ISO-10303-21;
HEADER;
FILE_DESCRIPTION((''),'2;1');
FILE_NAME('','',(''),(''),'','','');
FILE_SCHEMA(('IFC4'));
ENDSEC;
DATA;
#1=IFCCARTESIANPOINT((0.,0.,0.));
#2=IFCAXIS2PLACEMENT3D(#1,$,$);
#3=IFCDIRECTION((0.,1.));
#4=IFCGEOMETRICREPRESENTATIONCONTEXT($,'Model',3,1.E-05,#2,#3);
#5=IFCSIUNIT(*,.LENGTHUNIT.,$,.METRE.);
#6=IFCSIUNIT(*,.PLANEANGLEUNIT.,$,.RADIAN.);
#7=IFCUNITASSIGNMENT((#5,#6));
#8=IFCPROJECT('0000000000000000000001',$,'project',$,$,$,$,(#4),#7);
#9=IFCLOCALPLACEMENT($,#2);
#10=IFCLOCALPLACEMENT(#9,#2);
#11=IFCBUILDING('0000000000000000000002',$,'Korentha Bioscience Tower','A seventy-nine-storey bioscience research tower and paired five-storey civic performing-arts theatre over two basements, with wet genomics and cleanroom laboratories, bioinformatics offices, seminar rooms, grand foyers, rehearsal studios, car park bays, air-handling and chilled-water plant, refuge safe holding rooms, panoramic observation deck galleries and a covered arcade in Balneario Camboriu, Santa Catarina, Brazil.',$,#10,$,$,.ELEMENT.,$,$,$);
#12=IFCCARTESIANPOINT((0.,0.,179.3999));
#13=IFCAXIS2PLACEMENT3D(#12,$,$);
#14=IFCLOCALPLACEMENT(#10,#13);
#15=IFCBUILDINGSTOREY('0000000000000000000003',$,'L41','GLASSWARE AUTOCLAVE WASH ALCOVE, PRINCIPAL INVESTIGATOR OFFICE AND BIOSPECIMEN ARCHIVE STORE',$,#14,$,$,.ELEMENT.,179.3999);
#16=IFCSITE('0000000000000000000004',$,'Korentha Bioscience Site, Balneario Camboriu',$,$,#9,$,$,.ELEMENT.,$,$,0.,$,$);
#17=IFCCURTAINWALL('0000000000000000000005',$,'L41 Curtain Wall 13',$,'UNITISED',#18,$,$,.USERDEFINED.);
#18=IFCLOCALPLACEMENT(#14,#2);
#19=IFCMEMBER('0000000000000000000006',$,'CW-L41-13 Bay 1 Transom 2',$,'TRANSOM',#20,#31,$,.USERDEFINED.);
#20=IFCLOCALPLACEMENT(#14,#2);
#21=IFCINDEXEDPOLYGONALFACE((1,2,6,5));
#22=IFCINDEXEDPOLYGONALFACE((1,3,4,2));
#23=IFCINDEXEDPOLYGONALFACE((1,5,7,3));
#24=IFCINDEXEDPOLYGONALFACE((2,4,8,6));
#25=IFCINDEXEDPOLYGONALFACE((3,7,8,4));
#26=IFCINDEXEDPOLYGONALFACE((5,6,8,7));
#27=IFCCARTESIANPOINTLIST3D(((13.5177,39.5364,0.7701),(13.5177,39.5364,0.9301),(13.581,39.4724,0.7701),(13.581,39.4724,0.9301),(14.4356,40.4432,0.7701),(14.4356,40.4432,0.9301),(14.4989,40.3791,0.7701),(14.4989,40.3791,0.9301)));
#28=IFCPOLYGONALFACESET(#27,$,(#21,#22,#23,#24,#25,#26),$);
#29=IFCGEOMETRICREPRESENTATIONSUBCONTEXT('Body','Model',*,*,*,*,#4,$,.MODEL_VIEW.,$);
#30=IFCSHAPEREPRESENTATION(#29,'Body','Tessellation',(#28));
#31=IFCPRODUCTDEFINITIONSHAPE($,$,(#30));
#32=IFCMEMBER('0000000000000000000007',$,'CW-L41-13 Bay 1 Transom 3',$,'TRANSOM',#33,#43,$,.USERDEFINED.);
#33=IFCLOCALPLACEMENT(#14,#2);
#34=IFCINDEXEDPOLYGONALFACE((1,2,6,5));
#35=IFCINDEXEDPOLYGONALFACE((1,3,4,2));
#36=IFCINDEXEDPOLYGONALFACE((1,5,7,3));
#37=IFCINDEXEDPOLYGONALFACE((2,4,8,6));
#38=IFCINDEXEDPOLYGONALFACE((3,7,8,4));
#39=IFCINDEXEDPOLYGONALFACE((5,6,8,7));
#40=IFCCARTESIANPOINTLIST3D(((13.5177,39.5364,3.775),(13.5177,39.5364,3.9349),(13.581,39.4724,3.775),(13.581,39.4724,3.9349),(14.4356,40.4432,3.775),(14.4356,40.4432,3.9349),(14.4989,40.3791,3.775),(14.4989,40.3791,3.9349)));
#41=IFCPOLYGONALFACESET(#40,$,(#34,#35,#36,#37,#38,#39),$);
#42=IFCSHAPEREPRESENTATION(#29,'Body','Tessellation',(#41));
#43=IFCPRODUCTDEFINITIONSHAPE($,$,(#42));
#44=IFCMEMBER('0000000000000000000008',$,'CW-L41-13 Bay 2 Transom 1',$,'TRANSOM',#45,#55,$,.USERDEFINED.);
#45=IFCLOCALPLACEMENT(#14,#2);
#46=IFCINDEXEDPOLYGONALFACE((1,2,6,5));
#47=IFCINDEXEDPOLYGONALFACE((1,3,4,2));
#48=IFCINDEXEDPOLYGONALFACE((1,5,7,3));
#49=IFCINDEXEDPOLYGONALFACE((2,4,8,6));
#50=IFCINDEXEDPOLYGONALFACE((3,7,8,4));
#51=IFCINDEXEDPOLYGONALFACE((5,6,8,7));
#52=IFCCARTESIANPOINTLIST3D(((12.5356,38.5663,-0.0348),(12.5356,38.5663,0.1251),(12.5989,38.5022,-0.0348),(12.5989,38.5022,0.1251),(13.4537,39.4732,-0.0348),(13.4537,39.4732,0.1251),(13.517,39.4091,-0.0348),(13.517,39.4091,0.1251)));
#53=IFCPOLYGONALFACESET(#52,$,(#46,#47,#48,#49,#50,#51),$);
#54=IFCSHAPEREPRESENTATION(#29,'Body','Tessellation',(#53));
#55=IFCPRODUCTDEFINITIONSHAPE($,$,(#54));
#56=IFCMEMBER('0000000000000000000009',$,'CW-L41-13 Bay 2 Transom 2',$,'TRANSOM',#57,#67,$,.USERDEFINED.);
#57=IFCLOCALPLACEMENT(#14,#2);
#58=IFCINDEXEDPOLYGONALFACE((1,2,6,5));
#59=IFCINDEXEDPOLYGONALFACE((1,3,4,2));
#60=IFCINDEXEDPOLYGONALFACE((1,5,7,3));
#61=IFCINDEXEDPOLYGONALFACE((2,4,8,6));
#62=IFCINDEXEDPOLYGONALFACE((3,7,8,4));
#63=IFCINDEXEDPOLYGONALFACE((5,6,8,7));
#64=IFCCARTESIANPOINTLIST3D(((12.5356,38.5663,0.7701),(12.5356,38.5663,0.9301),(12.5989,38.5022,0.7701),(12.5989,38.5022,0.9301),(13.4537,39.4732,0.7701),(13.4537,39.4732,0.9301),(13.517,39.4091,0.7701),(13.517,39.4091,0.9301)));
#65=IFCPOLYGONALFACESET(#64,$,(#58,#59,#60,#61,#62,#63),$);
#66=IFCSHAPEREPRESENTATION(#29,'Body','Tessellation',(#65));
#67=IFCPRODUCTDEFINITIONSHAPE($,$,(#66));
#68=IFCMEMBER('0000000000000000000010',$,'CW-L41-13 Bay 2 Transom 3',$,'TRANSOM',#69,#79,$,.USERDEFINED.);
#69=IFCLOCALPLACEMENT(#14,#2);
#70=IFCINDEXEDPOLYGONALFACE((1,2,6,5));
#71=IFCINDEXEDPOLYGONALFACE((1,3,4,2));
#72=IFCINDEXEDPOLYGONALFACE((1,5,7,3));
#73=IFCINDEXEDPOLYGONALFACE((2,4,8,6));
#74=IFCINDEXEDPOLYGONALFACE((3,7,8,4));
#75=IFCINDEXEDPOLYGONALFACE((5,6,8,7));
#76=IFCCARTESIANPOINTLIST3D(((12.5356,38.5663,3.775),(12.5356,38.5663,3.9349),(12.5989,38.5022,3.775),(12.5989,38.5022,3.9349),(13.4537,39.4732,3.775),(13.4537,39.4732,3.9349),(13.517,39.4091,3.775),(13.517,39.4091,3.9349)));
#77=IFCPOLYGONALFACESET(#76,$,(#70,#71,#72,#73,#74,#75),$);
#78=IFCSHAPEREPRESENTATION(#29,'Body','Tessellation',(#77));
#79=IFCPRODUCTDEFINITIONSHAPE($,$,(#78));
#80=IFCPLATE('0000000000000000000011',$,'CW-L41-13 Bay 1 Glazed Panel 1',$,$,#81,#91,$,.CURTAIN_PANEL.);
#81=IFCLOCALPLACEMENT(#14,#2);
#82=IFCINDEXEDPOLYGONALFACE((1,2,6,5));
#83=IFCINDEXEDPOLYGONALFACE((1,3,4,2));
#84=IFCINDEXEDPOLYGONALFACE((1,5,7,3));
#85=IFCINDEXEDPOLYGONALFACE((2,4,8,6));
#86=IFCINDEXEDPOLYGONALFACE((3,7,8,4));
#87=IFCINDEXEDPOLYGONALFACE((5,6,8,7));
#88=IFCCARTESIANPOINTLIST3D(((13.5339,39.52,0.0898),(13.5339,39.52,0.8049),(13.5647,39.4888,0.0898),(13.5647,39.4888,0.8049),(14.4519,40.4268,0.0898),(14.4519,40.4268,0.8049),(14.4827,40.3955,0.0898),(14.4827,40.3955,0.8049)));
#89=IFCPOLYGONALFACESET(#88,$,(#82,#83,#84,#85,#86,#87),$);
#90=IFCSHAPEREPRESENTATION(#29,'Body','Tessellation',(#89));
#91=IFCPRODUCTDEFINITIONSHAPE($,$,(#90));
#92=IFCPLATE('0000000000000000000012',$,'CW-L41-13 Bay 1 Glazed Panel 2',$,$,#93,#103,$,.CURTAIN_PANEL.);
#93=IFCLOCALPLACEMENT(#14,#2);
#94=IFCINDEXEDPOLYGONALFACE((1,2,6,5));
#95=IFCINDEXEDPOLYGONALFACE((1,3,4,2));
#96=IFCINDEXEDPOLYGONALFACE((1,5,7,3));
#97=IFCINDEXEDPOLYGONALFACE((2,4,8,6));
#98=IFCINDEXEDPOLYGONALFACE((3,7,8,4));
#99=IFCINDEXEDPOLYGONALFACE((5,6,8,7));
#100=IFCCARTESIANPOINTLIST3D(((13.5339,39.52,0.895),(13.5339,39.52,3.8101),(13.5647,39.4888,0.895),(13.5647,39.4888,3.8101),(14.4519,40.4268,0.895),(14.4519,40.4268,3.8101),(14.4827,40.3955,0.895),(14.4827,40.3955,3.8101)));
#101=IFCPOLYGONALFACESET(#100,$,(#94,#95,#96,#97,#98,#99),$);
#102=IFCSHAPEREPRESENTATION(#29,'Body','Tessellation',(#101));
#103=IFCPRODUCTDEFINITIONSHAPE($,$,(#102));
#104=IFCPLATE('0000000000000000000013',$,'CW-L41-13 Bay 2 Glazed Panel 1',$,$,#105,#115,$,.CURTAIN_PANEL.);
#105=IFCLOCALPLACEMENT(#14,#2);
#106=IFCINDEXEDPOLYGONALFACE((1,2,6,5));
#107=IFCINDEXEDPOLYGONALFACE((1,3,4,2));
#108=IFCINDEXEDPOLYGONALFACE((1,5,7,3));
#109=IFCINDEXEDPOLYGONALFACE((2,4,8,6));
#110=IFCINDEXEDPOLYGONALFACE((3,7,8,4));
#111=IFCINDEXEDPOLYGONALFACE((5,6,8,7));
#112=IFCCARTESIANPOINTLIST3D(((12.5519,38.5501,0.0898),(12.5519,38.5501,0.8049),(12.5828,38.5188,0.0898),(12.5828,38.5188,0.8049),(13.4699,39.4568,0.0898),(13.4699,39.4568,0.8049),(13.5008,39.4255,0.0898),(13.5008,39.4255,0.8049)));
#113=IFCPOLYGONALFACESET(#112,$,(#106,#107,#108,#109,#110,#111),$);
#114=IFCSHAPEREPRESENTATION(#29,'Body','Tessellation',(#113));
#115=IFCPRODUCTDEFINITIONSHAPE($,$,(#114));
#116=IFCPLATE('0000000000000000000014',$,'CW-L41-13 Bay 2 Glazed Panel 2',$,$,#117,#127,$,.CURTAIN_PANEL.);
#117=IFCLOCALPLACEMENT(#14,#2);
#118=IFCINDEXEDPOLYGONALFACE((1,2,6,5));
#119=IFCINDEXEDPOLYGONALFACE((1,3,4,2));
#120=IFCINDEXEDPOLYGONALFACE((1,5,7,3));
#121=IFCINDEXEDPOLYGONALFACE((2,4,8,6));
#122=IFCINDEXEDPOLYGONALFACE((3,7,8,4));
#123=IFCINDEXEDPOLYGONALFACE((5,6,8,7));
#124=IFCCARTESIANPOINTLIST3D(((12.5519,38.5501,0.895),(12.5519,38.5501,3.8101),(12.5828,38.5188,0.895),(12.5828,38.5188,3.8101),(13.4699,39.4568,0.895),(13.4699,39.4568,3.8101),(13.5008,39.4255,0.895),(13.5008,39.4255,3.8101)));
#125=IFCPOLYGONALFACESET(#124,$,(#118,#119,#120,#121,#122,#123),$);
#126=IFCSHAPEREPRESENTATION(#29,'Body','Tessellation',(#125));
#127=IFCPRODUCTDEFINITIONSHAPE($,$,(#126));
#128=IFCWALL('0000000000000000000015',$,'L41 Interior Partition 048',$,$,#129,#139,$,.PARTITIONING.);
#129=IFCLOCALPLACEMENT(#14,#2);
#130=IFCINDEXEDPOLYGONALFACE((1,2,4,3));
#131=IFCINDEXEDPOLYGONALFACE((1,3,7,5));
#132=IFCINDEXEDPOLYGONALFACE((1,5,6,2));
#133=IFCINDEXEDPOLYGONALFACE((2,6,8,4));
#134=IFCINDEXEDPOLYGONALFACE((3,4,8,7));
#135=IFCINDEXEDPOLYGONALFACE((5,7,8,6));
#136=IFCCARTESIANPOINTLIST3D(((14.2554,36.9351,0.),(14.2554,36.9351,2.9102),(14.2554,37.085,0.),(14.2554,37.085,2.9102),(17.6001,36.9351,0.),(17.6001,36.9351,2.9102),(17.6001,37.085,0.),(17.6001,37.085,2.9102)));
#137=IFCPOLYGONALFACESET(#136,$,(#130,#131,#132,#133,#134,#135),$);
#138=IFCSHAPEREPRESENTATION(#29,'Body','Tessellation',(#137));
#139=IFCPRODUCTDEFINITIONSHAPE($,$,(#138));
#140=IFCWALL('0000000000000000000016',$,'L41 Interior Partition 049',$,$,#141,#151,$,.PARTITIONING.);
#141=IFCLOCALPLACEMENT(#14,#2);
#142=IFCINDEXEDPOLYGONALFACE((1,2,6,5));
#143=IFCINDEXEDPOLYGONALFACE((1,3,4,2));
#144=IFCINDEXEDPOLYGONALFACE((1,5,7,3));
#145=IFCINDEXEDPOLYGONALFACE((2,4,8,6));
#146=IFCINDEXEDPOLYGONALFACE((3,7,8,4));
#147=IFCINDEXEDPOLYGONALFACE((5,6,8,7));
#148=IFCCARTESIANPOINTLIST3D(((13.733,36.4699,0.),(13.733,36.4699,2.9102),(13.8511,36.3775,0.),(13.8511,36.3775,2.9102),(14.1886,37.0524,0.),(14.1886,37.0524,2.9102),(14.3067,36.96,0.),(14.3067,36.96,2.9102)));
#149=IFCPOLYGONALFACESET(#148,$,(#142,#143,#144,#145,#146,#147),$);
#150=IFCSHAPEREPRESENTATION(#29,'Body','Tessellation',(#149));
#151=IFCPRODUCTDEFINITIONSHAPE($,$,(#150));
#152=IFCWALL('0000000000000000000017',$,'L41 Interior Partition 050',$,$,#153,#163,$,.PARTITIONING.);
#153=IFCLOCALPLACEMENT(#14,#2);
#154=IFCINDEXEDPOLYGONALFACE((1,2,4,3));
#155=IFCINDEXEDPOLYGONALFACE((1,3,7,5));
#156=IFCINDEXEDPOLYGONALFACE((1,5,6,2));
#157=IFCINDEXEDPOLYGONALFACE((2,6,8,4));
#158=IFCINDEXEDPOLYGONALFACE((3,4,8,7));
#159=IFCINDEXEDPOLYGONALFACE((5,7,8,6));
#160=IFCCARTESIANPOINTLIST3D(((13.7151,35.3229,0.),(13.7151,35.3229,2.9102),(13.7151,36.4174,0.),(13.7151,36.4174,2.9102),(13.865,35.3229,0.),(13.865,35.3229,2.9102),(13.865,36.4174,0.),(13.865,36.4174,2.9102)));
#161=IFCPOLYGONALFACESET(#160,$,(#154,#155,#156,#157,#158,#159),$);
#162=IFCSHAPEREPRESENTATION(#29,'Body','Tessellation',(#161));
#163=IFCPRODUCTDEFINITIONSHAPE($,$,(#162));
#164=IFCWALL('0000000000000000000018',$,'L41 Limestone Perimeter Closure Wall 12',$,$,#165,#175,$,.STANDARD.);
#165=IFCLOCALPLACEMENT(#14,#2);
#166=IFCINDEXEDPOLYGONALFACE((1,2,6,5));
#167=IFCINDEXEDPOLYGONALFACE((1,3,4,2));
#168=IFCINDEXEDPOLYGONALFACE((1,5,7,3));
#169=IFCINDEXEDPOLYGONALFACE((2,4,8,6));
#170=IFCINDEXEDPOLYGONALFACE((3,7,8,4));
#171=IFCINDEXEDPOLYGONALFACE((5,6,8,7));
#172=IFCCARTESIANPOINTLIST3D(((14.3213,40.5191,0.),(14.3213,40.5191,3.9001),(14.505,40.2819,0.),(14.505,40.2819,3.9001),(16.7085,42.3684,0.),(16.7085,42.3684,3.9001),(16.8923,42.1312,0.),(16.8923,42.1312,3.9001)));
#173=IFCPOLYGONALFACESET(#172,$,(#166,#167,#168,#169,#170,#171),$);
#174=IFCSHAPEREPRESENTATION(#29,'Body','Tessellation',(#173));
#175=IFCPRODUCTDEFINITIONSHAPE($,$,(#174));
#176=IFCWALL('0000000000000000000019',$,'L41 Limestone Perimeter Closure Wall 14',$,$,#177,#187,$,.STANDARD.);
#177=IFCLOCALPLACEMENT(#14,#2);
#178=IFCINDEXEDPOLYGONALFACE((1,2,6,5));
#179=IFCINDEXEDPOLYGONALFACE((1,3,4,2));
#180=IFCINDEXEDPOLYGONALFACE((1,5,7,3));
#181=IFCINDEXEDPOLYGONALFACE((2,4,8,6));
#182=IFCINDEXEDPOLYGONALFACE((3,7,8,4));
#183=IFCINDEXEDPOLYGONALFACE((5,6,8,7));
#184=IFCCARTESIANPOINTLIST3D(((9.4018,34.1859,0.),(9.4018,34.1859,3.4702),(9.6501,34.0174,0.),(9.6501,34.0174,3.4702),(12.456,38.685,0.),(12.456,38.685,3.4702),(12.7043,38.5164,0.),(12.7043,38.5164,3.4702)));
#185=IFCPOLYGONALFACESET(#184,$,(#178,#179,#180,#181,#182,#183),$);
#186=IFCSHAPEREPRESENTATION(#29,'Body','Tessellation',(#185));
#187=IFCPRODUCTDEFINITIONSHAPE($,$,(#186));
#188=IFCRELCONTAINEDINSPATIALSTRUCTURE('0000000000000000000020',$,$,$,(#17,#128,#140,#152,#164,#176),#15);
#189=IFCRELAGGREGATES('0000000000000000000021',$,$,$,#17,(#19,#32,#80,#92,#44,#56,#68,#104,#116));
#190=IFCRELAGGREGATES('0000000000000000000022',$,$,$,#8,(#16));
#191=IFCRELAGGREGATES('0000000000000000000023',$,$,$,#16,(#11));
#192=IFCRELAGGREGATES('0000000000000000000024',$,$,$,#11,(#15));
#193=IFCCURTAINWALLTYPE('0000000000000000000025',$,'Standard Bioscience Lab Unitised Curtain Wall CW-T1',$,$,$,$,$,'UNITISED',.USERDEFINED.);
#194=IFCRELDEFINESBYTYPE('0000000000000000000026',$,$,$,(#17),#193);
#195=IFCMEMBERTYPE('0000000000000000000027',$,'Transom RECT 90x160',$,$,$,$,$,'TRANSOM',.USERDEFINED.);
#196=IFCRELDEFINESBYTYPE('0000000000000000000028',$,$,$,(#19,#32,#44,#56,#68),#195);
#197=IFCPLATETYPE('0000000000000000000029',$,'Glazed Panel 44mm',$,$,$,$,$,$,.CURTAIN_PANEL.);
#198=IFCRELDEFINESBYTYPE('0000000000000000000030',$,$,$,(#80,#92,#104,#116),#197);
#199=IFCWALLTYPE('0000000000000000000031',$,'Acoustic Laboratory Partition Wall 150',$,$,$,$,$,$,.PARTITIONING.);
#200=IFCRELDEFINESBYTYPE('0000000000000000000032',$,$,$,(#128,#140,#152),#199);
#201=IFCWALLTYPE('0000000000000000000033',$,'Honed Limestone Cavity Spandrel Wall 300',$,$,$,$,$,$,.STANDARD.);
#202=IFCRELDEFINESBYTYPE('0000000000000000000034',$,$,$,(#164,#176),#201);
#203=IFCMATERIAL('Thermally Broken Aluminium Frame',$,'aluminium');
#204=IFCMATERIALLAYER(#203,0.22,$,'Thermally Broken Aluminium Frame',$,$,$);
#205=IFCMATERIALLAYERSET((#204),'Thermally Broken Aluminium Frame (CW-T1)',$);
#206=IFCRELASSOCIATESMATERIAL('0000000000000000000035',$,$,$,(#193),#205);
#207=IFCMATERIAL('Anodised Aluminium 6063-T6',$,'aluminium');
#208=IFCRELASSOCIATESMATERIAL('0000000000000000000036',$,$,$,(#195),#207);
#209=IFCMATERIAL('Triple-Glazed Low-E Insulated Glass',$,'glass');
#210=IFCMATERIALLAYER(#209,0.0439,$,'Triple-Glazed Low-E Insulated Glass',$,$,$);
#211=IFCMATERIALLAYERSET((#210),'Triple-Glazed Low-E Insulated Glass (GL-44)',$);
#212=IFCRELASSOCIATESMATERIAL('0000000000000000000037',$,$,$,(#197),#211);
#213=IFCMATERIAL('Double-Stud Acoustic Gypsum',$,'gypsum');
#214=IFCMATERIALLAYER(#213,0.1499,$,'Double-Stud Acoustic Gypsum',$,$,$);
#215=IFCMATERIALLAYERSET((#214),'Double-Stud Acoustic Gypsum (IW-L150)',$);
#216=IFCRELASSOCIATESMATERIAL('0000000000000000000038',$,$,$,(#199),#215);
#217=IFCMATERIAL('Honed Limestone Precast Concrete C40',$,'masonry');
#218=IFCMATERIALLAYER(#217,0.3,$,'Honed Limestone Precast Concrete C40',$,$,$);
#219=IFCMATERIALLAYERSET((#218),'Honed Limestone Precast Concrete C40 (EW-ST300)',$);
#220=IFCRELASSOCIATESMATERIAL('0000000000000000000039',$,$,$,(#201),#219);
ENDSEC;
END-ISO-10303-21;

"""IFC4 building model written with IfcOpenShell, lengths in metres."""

from ifc_helpers import new_model, si_unit, direction, frame, frame_2d, origin, origin_2d, place, context, subcontext, project, spatial, rectangle, extrude, material, layer, layer_set, material_profile, profile_set, type_object, element, aggregate, save


model = new_model("IFC4")

# Units and contexts
model_context = context("Model", 3, precision=1e-05, world=origin(), true_north=direction((0.0, 1.0)))
body_context = subcontext(model_context, "Body", "Model", "MODEL_VIEW")
ifc_project = project(units=[si_unit("LENGTHUNIT", "METRE"), si_unit("PLANEANGLEUNIT", "RADIAN")], contexts=[model_context])

# Site, building, storey
site_placement = place(None, origin())
site = spatial("IfcSite", under=ifc_project, at=site_placement, Name="Korentha Bioscience Site, Balneario Camboriu", CompositionType="ELEMENT", RefElevation=0.0)
building_placement = place(site_placement, origin())
building = spatial("IfcBuilding", under=site, at=building_placement, Name="Korentha Bioscience Tower", Description="A seventy-nine-storey bioscience research tower and paired five-storey civic performing-arts theatre over two basements, with wet genomics and cleanroom laboratories, bioinformatics offices, seminar rooms, grand foyers, rehearsal studios, car park bays, air-handling and chilled-water plant, refuge safe holding rooms, panoramic observation deck galleries and a covered arcade in Balneario Camboriu, Santa Catarina, Brazil.", CompositionType="ELEMENT")
storey_placement = place(building_placement, frame((0.0, 0.0, 179.3999)))
storey = spatial("IfcBuildingStorey", under=building, at=storey_placement, Name="L41", Description="GLASSWARE AUTOCLAVE WASH ALCOVE, PRINCIPAL INVESTIGATOR OFFICE AND BIOSPECIMEN ARCHIVE STORE", CompositionType="ELEMENT", Elevation=179.3999)

# Curtain wall
ifc_material_1 = material(Name="Thermally Broken Aluminium Frame", Category="aluminium")
ifc_layer_1 = layer(ifc_material_1, 0.22, Name="Thermally Broken Aluminium Frame")
ifc_layer_set_1 = layer_set([ifc_layer_1], Name="Thermally Broken Aluminium Frame (CW-T1)")
curtain_wall_type = type_object("IfcCurtainWallType", Name="Standard Bioscience Lab Unitised Curtain Wall CW-T1", ElementType="UNITISED", PredefinedType="USERDEFINED", material=ifc_layer_set_1)
curtain_wall_placement = place(storey_placement, origin())
curtain_wall = element("IfcCurtainWall", 1, at=curtain_wall_placement, inside=storey, type_object=curtain_wall_type, Name="L41 Curtain Wall 13", ObjectType="UNITISED", PredefinedType="USERDEFINED")
ifc_material_2 = material(Name="Anodised Aluminium 6063-T6", Category="aluminium")

# Members
ifc_material_profile_1 = material_profile(ifc_material_2, rectangle(XDim=0.0901, YDim=0.1599, at=origin_2d()), Name="Anodised Aluminium 6063-T6")
ifc_profile_set_1 = profile_set([ifc_material_profile_1], Name="Anodised Aluminium 6063-T6 (CW-TRN)")
member_type_1 = type_object("IfcMemberType", Name="Transom RECT 90x160", ElementType="TRANSOM", PredefinedType="USERDEFINED", material=ifc_profile_set_1)
member_1_placement = place(storey_placement, frame((14.4673, 40.4111, 0.8501), z_axis=(-0.711445, -0.702741, 0.0), x_axis=(0.702741, -0.711445, 0.0)))
member_1 = element("IfcMember", 2, at=member_1_placement, type_object=member_type_1, Name="CW-L41-13 Bay 1 Transom 2", ObjectType="TRANSOM", PredefinedType="USERDEFINED", context=body_context, shape_type="SweptSolid", body=[
    extrude(rectangle(XDim=0.0901, YDim=0.1599, at=origin_2d()), origin(), (0.0, 0.0, 1.0), 1.2903),
])
member_2_placement = place(storey_placement, frame((14.4673, 40.4111, 3.855), z_axis=(-0.711445, -0.702741, 0.0), x_axis=(0.702741, -0.711445, 0.0)))
member_2 = element("IfcMember", 3, at=member_2_placement, type_object=member_type_1, Name="CW-L41-13 Bay 1 Transom 3", ObjectType="TRANSOM", PredefinedType="USERDEFINED", context=body_context, shape_type="SweptSolid", body=[
    extrude(rectangle(XDim=0.0901, YDim=0.1599, at=origin_2d()), origin(), (0.0, 0.0, 1.0), 1.2903),
])
member_3_placement = place(storey_placement, frame((13.4854, 39.4412, 0.0452), z_axis=(-0.711444, -0.702743, 0.0), x_axis=(0.702743, -0.711444, 0.0)))
member_3 = element("IfcMember", 4, at=member_3_placement, type_object=member_type_1, Name="CW-L41-13 Bay 2 Transom 1", ObjectType="TRANSOM", PredefinedType="USERDEFINED", context=body_context, shape_type="SweptSolid", body=[
    extrude(rectangle(XDim=0.0901, YDim=0.1599, at=origin_2d()), origin(), (0.0, 0.0, 1.0), 1.2905),
])
member_4_placement = place(storey_placement, frame((13.4854, 39.4412, 0.8501), z_axis=(-0.711444, -0.702743, 0.0), x_axis=(0.702743, -0.711444, 0.0)))
member_4 = element("IfcMember", 5, at=member_4_placement, type_object=member_type_1, Name="CW-L41-13 Bay 2 Transom 2", ObjectType="TRANSOM", PredefinedType="USERDEFINED", context=body_context, shape_type="SweptSolid", body=[
    extrude(rectangle(XDim=0.0901, YDim=0.1599, at=origin_2d()), origin(), (0.0, 0.0, 1.0), 1.2905),
])
member_5_placement = place(storey_placement, frame((13.4854, 39.4412, 3.855), z_axis=(-0.711444, -0.702743, 0.0), x_axis=(0.702743, -0.711444, 0.0)))
member_5 = element("IfcMember", 6, at=member_5_placement, type_object=member_type_1, Name="CW-L41-13 Bay 2 Transom 3", ObjectType="TRANSOM", PredefinedType="USERDEFINED", context=body_context, shape_type="SweptSolid", body=[
    extrude(rectangle(XDim=0.0901, YDim=0.1599, at=origin_2d()), origin(), (0.0, 0.0, 1.0), 1.2905),
])

# Plates
ifc_material_3 = material(Name="Triple-Glazed Low-E Insulated Glass", Category="glass")
ifc_layer_2 = layer(ifc_material_3, 0.0439, Name="Triple-Glazed Low-E Insulated Glass")
ifc_layer_set_2 = layer_set([ifc_layer_2], Name="Triple-Glazed Low-E Insulated Glass (GL-44)")
plate_type = type_object("IfcPlateType", Name="Glazed Panel 44mm", PredefinedType="CURTAIN_PANEL", material=ifc_layer_set_2)
plate_1_placement = place(storey_placement, frame((14.0083, 39.9578, 0.0898), z_axis=(0.0, 0.0, 1.0), x_axis=(-0.711461, -0.702726, 0.0)))
plate_1 = element("IfcPlate", 7, at=plate_1_placement, type_object=plate_type, Name="CW-L41-13 Bay 1 Glazed Panel 1", PredefinedType="CURTAIN_PANEL", context=body_context, shape_type="SweptSolid", body=[
    extrude(rectangle(XDim=1.2903, YDim=0.0439, at=origin_2d()), origin(), (0.0, 0.0, 1.0), 0.7151),
])
plate_2_placement = place(storey_placement, frame((14.0083, 39.9578, 0.895), z_axis=(0.0, 0.0, 1.0), x_axis=(-0.711461, -0.702726, 0.0)))
plate_2 = element("IfcPlate", 8, at=plate_2_placement, type_object=plate_type, Name="CW-L41-13 Bay 1 Glazed Panel 2", PredefinedType="CURTAIN_PANEL", context=body_context, shape_type="SweptSolid", body=[
    extrude(rectangle(XDim=1.2903, YDim=0.0439, at=origin_2d()), origin(), (0.0, 0.0, 1.0), 2.915),
])
plate_3_placement = place(storey_placement, frame((13.0264, 38.9878, 0.0898), z_axis=(0.0, 0.0, 1.0), x_axis=(-0.711461, -0.702726, 0.0)))
plate_3 = element("IfcPlate", 9, at=plate_3_placement, type_object=plate_type, Name="CW-L41-13 Bay 2 Glazed Panel 1", PredefinedType="CURTAIN_PANEL", context=body_context, shape_type="SweptSolid", body=[
    extrude(rectangle(XDim=1.2903, YDim=0.0439, at=origin_2d()), origin(), (0.0, 0.0, 1.0), 0.7151),
])
plate_4_placement = place(storey_placement, frame((13.0264, 38.9878, 0.895), z_axis=(0.0, 0.0, 1.0), x_axis=(-0.711461, -0.702726, 0.0)))
plate_4 = element("IfcPlate", 10, at=plate_4_placement, type_object=plate_type, Name="CW-L41-13 Bay 2 Glazed Panel 2", PredefinedType="CURTAIN_PANEL", context=body_context, shape_type="SweptSolid", body=[
    extrude(rectangle(XDim=1.2903, YDim=0.0439, at=origin_2d()), origin(), (0.0, 0.0, 1.0), 2.915),
])
aggregate(curtain_wall, [member_1, member_2, plate_1, plate_2, member_3, member_4, member_5, plate_3, plate_4])

# Walls
ifc_material_4 = material(Name="Double-Stud Acoustic Gypsum", Category="gypsum")
ifc_layer_3 = layer(ifc_material_4, 0.1499, Name="Double-Stud Acoustic Gypsum")
ifc_layer_set_3 = layer_set([ifc_layer_3], Name="Double-Stud Acoustic Gypsum (IW-L150)")
wall_type_1 = type_object("IfcWallType", Name="Acoustic Laboratory Partition Wall 150", PredefinedType="PARTITIONING", material=ifc_layer_set_3)
wall_1_placement = place(storey_placement, frame((17.6001, 37.01, 0.0), z_axis=(0.0, 0.0, 1.0), x_axis=(-1.0, 0.0, 0.0)))
element("IfcWall", 11, at=wall_1_placement, inside=storey, type_object=wall_type_1, Name="L41 Interior Partition 048", PredefinedType="PARTITIONING", context=body_context, shape_type="SweptSolid", body=[
    extrude(rectangle(XDim=3.3447, YDim=0.1499, at=frame_2d((1.6724, 0.0))), origin(), (0.0, 0.0, 1.0), 2.9102),
])
wall_2_placement = place(storey_placement, frame((14.2476, 37.0061, 0.0), z_axis=(0.0, 0.0, 1.0), x_axis=(-0.616041, -0.787714, 0.0)))
element("IfcWall", 12, at=wall_2_placement, inside=storey, type_object=wall_type_1, Name="L41 Interior Partition 049", PredefinedType="PARTITIONING", context=body_context, shape_type="SweptSolid", body=[
    extrude(rectangle(XDim=0.7395, YDim=0.1499, at=frame_2d((0.3696, 0.0))), origin(), (0.0, 0.0, 1.0), 2.9102),
])
wall_3_placement = place(storey_placement, frame((13.79, 36.4175, 0.0), z_axis=(0.0, 0.0, 1.0), x_axis=(0.0, -1.0, 0.0)))
element("IfcWall", 13, at=wall_3_placement, inside=storey, type_object=wall_type_1, Name="L41 Interior Partition 050", PredefinedType="PARTITIONING", context=body_context, shape_type="SweptSolid", body=[
    extrude(rectangle(XDim=1.0945, YDim=0.1499, at=frame_2d((0.5474, 0.0))), origin(), (0.0, 0.0, 1.0), 2.9102),
])
ifc_material_5 = material(Name="Honed Limestone Precast Concrete C40", Category="masonry")
ifc_layer_4 = layer(ifc_material_5, 0.3, Name="Honed Limestone Precast Concrete C40")
ifc_layer_set_4 = layer_set([ifc_layer_4], Name="Honed Limestone Precast Concrete C40 (EW-ST300)")
wall_type_2 = type_object("IfcWallType", Name="Honed Limestone Cavity Spandrel Wall 300", PredefinedType="STANDARD", material=ifc_layer_set_4)
wall_4_placement = place(storey_placement, frame((16.8003, 42.2498, 0.0), z_axis=(0.0, 0.0, 1.0), x_axis=(-0.790531, -0.612423, 0.0)))
element("IfcWall", 14, at=wall_4_placement, inside=storey, type_object=wall_type_2, Name="L41 Limestone Perimeter Closure Wall 12", PredefinedType="STANDARD", context=body_context, shape_type="SweptSolid", body=[
    extrude(rectangle(XDim=3.0198, YDim=0.3, at=frame_2d((1.5098, 0.0))), origin(), (0.0, 0.0, 1.0), 3.9001),
])
wall_5_placement = place(storey_placement, frame((12.5801, 38.6006, 0.0), z_axis=(0.0, 0.0, 1.0), x_axis=(-0.561664, -0.827365, 0.0)))
element("IfcWall", 15, at=wall_5_placement, inside=storey, type_object=wall_type_2, Name="L41 Limestone Perimeter Closure Wall 14", PredefinedType="STANDARD", context=body_context, shape_type="SweptSolid", body=[
    extrude(rectangle(XDim=5.4377, YDim=0.3, at=frame_2d((2.7188, 0.0))), origin(), (0.0, 0.0, 1.0), 3.4702),
])

save(model, "model.ifc")
